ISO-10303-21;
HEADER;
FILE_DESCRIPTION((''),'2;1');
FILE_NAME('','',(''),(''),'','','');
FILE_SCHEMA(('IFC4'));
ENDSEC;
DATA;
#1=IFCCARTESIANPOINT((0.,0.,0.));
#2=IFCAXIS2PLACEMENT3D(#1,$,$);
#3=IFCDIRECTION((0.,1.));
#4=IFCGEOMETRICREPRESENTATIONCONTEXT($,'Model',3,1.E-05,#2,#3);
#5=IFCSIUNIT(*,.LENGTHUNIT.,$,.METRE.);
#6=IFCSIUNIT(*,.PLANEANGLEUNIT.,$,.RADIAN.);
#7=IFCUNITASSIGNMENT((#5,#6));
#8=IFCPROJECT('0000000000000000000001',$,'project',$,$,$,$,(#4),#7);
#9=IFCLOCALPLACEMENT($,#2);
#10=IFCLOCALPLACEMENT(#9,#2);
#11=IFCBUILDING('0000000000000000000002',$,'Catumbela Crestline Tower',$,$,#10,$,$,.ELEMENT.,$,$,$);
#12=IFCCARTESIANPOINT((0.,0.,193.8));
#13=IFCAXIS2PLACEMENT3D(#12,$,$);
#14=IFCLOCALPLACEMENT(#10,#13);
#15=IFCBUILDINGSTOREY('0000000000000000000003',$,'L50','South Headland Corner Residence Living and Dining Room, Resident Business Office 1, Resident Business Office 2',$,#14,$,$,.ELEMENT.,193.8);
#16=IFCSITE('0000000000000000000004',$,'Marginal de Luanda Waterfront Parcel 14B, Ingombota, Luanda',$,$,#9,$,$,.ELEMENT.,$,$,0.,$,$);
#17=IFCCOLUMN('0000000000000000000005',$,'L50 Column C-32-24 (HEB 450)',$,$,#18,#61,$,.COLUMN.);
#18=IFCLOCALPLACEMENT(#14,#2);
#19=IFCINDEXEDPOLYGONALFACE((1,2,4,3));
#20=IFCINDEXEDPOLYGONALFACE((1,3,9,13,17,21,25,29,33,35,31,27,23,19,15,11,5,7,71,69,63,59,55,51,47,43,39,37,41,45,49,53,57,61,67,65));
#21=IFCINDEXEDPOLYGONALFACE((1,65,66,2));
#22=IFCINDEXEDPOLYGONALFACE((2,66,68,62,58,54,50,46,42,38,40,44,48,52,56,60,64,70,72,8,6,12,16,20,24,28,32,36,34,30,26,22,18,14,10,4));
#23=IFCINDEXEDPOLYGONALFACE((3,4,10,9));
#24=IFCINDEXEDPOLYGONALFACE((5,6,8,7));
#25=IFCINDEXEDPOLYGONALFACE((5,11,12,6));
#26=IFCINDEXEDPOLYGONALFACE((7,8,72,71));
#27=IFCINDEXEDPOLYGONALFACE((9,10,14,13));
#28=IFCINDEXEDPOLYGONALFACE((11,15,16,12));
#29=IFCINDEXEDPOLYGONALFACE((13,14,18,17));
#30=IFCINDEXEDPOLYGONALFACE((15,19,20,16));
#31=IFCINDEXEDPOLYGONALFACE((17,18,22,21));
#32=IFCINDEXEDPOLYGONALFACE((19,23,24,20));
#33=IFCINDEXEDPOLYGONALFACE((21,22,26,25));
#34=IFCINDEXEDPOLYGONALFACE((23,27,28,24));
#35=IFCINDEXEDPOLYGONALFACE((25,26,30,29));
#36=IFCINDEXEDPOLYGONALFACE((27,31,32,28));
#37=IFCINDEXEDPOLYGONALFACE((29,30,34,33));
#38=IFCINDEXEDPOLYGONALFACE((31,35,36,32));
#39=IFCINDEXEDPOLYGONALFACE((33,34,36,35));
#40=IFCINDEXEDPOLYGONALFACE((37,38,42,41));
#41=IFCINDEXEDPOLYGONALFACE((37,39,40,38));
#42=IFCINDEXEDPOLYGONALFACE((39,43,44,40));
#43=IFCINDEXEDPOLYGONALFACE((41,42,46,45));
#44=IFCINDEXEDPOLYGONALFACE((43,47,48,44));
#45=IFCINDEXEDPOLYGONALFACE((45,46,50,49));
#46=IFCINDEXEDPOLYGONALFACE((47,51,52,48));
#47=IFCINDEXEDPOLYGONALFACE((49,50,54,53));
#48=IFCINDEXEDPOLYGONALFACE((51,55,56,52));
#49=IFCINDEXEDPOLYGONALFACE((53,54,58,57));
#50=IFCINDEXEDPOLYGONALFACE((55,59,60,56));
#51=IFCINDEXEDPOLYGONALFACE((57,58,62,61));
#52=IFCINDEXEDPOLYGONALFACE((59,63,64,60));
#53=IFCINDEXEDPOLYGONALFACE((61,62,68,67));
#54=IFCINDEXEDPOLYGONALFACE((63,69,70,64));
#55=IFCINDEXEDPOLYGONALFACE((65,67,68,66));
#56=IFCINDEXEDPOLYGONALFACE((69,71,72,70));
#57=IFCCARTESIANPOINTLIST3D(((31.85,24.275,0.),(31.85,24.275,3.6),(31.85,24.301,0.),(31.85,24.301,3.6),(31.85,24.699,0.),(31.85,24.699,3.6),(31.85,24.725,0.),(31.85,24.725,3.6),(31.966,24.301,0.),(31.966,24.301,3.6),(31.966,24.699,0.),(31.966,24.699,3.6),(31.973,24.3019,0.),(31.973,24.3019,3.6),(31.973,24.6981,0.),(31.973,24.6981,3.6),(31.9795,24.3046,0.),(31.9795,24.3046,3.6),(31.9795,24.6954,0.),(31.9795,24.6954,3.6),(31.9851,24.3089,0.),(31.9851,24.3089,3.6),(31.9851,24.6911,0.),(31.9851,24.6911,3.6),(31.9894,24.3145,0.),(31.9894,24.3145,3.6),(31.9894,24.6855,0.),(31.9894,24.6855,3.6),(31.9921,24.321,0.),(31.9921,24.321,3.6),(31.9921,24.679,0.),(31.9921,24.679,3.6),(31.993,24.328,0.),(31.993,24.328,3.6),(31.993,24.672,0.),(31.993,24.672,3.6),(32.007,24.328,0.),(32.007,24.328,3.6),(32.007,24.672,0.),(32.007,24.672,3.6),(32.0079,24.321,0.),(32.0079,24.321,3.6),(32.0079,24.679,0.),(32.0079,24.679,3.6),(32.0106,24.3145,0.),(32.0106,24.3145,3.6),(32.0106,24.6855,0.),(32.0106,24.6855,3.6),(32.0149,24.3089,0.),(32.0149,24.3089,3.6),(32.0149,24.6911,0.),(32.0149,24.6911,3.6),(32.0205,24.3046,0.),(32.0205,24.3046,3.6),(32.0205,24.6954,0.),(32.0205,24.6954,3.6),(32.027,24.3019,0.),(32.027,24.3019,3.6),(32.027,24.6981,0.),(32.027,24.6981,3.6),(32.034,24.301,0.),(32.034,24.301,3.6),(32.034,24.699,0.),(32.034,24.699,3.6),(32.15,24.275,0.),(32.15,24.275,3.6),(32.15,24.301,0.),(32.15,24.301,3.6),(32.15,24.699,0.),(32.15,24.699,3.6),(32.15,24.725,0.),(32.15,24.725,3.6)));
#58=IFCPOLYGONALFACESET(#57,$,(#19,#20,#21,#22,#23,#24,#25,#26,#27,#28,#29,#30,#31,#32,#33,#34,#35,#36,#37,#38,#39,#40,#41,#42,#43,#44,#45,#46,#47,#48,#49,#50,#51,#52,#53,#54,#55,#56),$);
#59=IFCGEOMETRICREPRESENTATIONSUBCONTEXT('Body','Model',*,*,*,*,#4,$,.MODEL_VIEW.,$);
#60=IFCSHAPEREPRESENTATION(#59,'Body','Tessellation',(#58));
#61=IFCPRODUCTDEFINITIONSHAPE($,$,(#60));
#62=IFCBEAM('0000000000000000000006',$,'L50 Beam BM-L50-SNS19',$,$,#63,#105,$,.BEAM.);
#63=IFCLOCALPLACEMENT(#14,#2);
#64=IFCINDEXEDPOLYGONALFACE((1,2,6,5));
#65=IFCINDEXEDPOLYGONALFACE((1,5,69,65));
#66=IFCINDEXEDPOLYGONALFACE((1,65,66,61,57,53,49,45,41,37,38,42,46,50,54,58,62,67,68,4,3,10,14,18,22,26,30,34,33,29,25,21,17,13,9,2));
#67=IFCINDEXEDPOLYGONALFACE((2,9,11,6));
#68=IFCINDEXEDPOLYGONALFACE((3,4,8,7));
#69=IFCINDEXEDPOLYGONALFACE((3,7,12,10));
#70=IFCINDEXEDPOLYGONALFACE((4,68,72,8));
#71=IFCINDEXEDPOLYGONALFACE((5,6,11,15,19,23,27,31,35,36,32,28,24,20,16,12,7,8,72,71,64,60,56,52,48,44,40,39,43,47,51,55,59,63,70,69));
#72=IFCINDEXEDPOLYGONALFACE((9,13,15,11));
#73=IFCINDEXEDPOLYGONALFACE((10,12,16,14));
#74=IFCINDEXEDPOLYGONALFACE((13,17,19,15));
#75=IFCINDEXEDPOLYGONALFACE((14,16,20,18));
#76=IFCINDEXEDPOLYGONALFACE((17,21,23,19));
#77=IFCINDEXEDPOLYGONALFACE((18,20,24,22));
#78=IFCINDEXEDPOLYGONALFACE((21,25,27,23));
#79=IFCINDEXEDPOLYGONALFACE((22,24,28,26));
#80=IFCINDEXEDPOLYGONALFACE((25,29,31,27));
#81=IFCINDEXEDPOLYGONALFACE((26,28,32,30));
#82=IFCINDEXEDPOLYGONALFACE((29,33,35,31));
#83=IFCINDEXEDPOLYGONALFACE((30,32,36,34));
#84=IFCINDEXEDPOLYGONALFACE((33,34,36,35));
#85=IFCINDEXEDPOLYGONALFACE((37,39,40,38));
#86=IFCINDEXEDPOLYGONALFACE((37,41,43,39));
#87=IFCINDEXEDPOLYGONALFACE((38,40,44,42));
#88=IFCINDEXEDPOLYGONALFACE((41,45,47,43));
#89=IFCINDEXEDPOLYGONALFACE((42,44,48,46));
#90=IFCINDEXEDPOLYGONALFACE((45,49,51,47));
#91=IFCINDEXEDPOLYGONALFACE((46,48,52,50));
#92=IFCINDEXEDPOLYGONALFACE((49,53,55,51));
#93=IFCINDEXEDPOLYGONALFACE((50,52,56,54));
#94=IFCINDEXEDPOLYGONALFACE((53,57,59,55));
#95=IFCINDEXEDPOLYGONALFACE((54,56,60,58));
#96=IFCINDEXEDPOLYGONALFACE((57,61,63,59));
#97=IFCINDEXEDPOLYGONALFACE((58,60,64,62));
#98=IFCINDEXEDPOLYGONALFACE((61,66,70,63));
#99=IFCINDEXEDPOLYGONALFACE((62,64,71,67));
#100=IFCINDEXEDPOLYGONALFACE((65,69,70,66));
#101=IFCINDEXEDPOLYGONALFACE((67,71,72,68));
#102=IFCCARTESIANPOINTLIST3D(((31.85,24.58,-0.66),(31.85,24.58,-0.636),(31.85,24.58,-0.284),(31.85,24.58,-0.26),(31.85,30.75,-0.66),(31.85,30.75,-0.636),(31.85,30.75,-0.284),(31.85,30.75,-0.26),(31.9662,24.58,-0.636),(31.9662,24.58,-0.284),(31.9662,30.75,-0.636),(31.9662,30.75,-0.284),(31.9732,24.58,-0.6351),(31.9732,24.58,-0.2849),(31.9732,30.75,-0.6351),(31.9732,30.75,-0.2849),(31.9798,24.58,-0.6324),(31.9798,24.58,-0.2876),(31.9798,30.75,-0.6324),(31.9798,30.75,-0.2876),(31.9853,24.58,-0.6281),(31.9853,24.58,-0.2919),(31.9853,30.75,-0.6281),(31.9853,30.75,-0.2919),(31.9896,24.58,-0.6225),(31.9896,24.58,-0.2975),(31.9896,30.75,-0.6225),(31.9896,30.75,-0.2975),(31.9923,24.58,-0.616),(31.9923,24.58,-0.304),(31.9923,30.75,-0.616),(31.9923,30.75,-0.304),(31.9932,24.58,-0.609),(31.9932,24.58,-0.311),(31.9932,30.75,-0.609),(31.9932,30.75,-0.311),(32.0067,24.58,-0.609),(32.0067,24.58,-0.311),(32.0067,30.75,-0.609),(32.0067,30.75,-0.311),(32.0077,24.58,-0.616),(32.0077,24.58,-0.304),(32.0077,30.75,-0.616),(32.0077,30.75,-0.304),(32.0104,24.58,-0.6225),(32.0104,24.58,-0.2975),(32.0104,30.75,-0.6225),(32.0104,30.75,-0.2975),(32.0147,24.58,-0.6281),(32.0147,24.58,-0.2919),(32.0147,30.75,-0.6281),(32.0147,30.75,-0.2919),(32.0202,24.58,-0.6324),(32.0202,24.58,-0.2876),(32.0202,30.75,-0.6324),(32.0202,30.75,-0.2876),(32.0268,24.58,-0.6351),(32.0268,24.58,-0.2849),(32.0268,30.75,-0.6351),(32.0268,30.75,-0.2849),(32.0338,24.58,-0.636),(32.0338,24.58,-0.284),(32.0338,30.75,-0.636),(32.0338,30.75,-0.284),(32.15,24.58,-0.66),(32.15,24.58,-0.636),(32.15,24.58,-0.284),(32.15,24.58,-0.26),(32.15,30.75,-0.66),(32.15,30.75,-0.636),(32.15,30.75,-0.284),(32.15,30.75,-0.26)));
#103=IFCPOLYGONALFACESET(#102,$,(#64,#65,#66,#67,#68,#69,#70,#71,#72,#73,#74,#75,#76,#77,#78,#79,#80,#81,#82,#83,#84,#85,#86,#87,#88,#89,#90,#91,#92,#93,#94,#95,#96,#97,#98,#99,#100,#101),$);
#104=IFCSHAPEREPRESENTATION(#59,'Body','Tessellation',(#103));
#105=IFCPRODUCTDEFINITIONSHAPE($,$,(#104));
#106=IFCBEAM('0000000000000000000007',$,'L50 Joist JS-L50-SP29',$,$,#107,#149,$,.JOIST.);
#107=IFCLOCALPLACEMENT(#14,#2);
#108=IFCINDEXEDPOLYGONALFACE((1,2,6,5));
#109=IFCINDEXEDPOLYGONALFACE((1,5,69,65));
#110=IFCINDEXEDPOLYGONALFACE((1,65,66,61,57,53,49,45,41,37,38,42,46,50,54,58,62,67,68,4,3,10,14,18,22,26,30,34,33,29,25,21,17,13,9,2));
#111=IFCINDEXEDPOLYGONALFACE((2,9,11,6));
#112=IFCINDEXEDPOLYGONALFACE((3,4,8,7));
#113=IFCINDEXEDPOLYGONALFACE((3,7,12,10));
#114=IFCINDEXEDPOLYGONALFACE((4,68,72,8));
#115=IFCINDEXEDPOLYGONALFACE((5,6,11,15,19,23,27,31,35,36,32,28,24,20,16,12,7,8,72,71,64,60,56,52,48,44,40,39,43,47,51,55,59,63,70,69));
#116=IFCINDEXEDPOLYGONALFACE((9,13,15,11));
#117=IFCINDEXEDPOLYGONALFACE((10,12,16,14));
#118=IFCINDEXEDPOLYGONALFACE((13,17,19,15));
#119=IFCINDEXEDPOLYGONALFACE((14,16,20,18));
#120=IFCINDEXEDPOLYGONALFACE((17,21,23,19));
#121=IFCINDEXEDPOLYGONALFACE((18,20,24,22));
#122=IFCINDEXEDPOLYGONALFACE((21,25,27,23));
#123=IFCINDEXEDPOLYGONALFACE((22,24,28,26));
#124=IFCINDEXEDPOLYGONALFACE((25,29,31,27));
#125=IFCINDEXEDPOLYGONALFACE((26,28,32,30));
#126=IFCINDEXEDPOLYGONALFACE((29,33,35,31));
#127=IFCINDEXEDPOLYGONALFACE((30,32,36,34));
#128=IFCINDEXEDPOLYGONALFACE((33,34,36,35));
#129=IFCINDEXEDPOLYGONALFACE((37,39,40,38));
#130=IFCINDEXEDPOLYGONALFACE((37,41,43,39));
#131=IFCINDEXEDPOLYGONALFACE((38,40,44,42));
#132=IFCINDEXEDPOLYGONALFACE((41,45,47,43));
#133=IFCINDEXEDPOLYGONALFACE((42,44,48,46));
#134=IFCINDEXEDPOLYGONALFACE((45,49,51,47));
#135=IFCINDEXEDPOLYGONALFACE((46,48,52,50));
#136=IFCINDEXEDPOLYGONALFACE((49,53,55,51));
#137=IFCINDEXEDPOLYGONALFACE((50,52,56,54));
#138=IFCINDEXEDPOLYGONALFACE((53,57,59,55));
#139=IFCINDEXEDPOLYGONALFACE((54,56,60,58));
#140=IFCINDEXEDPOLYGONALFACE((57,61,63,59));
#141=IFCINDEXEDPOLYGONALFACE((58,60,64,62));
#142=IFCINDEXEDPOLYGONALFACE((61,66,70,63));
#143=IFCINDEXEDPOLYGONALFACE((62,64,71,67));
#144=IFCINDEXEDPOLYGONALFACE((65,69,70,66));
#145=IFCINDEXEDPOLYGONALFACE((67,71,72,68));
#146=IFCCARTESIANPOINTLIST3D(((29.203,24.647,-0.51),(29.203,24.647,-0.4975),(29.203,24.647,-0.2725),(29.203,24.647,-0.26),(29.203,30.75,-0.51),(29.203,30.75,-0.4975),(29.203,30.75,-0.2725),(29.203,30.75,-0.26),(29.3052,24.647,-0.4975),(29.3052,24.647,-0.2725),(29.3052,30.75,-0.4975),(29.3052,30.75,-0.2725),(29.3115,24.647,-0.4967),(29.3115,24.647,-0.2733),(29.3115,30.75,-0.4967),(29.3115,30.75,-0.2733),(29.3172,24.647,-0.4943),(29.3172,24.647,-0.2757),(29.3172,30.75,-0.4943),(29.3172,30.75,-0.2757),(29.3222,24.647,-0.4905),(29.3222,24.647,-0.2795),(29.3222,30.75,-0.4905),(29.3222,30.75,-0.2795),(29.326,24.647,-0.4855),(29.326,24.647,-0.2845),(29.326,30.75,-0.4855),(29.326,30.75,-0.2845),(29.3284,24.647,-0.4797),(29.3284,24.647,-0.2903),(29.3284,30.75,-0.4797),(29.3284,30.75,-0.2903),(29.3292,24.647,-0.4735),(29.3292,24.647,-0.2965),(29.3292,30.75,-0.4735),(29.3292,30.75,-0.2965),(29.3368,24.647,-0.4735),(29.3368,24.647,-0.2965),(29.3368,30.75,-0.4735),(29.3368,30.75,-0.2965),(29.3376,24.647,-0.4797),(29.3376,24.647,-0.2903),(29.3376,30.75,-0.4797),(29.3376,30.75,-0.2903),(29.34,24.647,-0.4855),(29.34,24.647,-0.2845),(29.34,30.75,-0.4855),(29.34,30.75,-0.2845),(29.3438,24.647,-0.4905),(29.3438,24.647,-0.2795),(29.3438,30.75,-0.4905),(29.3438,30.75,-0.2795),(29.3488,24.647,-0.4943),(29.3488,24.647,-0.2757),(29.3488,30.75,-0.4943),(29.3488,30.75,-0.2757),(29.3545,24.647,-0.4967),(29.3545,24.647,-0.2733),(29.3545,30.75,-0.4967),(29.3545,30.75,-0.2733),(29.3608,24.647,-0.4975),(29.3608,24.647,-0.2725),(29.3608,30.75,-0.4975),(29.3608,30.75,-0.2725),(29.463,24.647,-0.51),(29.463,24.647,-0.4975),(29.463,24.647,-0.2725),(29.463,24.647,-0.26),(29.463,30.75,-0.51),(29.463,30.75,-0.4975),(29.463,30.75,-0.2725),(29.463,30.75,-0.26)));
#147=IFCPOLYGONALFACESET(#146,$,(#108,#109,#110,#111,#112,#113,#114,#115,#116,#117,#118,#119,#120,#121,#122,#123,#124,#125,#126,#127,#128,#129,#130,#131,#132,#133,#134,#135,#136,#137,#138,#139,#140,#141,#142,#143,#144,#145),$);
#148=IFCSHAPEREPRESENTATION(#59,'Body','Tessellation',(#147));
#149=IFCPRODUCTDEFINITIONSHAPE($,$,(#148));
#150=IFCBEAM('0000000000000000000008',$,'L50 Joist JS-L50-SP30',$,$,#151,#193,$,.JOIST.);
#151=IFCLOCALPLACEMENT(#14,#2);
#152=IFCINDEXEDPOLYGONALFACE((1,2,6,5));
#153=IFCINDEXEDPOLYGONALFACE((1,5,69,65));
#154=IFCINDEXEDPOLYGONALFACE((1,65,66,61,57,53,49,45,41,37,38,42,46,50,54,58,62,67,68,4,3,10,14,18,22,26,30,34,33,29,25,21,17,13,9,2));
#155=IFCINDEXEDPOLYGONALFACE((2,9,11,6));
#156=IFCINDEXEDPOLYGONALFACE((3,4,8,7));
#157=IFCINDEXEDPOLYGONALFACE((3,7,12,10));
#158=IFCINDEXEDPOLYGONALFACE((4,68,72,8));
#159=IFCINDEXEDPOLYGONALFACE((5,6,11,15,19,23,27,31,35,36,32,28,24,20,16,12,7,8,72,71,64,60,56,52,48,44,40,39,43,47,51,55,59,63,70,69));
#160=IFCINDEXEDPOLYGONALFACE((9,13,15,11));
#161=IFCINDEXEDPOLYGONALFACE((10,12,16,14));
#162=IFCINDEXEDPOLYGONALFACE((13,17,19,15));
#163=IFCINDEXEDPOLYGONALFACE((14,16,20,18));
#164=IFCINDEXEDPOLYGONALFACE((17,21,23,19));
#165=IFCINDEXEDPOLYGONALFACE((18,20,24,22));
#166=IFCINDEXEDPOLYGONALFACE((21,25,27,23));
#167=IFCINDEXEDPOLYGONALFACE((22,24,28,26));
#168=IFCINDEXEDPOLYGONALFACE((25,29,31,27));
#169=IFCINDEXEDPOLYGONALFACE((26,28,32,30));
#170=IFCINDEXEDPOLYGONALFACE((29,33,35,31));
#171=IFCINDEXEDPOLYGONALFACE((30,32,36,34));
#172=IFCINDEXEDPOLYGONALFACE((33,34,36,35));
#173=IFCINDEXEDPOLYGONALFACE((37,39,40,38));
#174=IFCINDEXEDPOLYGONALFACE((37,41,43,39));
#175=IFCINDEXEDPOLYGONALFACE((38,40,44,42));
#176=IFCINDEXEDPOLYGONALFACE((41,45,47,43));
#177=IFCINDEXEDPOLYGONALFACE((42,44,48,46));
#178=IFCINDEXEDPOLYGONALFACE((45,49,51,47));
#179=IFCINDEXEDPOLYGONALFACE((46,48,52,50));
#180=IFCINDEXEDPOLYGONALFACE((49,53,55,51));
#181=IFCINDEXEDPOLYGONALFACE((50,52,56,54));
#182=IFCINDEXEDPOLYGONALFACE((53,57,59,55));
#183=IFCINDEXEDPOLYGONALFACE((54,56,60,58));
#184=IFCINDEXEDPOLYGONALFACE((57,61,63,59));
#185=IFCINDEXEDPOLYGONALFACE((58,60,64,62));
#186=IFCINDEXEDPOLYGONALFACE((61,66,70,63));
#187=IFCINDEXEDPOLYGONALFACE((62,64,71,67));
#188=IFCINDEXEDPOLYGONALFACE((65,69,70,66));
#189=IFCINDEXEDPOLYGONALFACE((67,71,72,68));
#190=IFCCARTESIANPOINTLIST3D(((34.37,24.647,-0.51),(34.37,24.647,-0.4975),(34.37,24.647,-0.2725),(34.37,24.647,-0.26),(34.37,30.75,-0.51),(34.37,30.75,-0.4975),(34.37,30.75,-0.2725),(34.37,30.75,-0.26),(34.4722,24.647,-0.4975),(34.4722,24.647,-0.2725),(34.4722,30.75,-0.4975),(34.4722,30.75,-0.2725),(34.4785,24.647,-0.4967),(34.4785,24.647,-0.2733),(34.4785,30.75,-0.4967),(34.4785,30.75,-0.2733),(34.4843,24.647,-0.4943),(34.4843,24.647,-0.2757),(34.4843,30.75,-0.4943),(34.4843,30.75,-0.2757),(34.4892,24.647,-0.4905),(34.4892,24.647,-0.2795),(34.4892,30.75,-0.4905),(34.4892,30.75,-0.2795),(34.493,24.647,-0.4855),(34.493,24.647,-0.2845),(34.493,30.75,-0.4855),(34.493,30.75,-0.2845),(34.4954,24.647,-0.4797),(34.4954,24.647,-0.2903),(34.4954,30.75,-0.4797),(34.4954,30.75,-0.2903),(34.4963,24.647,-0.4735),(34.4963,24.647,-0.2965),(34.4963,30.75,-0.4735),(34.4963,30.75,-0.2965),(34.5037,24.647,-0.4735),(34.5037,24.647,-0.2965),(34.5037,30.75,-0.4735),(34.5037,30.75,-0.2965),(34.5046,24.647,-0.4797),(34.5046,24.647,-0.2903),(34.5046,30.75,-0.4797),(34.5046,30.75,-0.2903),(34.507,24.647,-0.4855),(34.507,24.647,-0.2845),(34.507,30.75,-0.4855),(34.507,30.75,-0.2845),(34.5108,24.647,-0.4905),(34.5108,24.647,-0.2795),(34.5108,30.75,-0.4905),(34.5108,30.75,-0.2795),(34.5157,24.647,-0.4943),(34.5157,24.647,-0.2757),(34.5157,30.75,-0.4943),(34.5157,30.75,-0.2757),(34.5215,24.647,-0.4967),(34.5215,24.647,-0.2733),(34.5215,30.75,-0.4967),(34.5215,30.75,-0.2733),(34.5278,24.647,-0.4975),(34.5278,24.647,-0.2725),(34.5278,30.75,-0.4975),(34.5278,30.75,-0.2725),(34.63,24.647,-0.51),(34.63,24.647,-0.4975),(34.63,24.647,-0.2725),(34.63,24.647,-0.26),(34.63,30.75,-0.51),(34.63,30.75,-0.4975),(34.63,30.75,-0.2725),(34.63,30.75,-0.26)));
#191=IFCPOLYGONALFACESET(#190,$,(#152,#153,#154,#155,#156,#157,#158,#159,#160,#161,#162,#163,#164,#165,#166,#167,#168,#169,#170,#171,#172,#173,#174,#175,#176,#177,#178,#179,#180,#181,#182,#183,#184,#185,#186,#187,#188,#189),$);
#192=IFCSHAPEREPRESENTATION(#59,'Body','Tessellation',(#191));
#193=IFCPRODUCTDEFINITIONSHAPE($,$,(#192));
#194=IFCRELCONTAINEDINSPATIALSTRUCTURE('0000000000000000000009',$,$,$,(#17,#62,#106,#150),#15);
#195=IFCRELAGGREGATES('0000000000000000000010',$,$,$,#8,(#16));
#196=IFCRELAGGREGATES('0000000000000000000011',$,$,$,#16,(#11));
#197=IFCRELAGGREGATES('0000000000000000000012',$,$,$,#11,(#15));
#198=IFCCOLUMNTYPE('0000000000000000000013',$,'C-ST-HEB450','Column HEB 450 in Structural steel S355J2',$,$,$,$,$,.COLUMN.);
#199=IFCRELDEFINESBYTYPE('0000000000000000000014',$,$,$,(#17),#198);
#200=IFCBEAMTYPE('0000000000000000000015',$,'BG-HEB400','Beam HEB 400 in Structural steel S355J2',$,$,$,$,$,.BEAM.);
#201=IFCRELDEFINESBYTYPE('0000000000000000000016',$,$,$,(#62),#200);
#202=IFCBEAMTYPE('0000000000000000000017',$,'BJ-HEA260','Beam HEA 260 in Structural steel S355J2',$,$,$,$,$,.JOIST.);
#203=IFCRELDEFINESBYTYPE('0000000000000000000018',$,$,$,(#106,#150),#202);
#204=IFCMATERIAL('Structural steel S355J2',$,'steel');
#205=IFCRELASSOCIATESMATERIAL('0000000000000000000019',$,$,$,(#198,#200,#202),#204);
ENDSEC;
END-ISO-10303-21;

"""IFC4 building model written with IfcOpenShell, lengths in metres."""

from ifc_helpers import new_model, si_unit, direction, frame, origin, origin_2d, place, context, subcontext, project, spatial, i_section, extrude, material, material_profile, profile_set, type_object, element, save


model = new_model("IFC4")

# Units and contexts
model_context = context("Model", 3, precision=1e-05, world=origin(), true_north=direction((0.0, 1.0)))
body_context = subcontext(model_context, "Body", "Model", "MODEL_VIEW")
ifc_project = project(units=[si_unit("LENGTHUNIT", "METRE"), si_unit("PLANEANGLEUNIT", "RADIAN")], contexts=[model_context])

# Site, building, storey
site_placement = place(None, origin())
site = spatial("IfcSite", under=ifc_project, at=site_placement, Name="Marginal de Luanda Waterfront Parcel 14B, Ingombota, Luanda", CompositionType="ELEMENT", RefElevation=0.0)
building_placement = place(site_placement, origin())
building = spatial("IfcBuilding", under=site, at=building_placement, Name="Catumbela Crestline Tower", CompositionType="ELEMENT")
storey_placement = place(building_placement, frame((0.0, 0.0, 193.8)))
storey = spatial("IfcBuildingStorey", under=building, at=storey_placement, Name="L50", Description="South Headland Corner Residence Living and Dining Room, Resident Business Office 1, Resident Business Office 2", CompositionType="ELEMENT", Elevation=193.8)

# Column
ifc_material_1 = material(Name="Structural steel S355J2", Category="steel")
ifc_material_profile_1 = material_profile(ifc_material_1, i_section(OverallWidth=0.3, OverallDepth=0.45, WebThickness=0.014, FlangeThickness=0.026, FilletRadius=0.027, at=origin_2d()), Name="HEB 450")
ifc_profile_set_1 = profile_set([ifc_material_profile_1], Name="Structural steel S355J2")
column_type = type_object("IfcColumnType", Name="C-ST-HEB450", Description="Column HEB 450 in Structural steel S355J2", PredefinedType="COLUMN", material=ifc_profile_set_1)
column_placement = place(storey_placement, frame((32.0, 24.5, 0.0), z_axis=(0.0, 0.0, 1.0), x_axis=(1.0, 0.0, 0.0)))
element("IfcColumn", 1, at=column_placement, inside=storey, type_object=column_type, Name="L50 Column C-32-24 (HEB 450)", PredefinedType="COLUMN", context=body_context, shape_type="SweptSolid", body=[
    extrude(i_section(OverallWidth=0.3, OverallDepth=0.45, WebThickness=0.014, FlangeThickness=0.026, FilletRadius=0.027, at=origin_2d()), origin(), (0.0, 0.0, 1.0), 3.6),
])

# Beams
ifc_material_profile_2 = material_profile(ifc_material_1, i_section(OverallWidth=0.3, OverallDepth=0.4, WebThickness=0.0135, FlangeThickness=0.024, FilletRadius=0.027, at=origin_2d()), Name="HEB 400")
ifc_profile_set_2 = profile_set([ifc_material_profile_2], Name="Structural steel S355J2")
beam_type_1 = type_object("IfcBeamType", Name="BG-HEB400", Description="Beam HEB 400 in Structural steel S355J2", PredefinedType="BEAM", material=ifc_profile_set_2)
beam_1_placement = place(storey_placement, frame((32.0, 24.58, -0.46), z_axis=(0.0, 1.0, 0.0), x_axis=(-1.0, 0.0, 0.0)))
element("IfcBeam", 2, at=beam_1_placement, inside=storey, type_object=beam_type_1, Name="L50 Beam BM-L50-SNS19", PredefinedType="BEAM", context=body_context, shape_type="SweptSolid", body=[
    extrude(i_section(OverallWidth=0.3, OverallDepth=0.4, WebThickness=0.0135, FlangeThickness=0.024, FilletRadius=0.027, at=origin_2d()), origin(), (0.0, 0.0, 1.0), 6.17),
])
ifc_material_profile_3 = material_profile(ifc_material_1, i_section(OverallWidth=0.26, OverallDepth=0.25, WebThickness=0.0075, FlangeThickness=0.0125, FilletRadius=0.024, at=origin_2d()), Name="HEA 260")
ifc_profile_set_3 = profile_set([ifc_material_profile_3], Name="Structural steel S355J2")
beam_type_2 = type_object("IfcBeamType", Name="BJ-HEA260", Description="Beam HEA 260 in Structural steel S355J2", PredefinedType="JOIST", material=ifc_profile_set_3)
for number, where, z_axis, x_axis, name in (
    (3, (29.333, 24.647, -0.385), (0.0, 1.0, 0.0), (-1.0, 0.0, 0.0), "L50 Joist JS-L50-SP29"),
    (4, (34.5, 24.647, -0.385), (0.0, 1.0, 0.0), (-1.0, 0.0, 0.0), "L50 Joist JS-L50-SP30"),
):
    element("IfcBeam", number, at=place(storey_placement, frame(where, z_axis=z_axis, x_axis=x_axis)), inside=storey, type_object=beam_type_2, Name=name, PredefinedType="JOIST", context=body_context, shape_type="SweptSolid", body=[
        extrude(i_section(OverallWidth=0.26, OverallDepth=0.25, WebThickness=0.0075, FlangeThickness=0.0125, FilletRadius=0.024, at=origin_2d()), origin(), (0.0, 0.0, 1.0), 6.103),
    ])

save(model, "model.ifc")
